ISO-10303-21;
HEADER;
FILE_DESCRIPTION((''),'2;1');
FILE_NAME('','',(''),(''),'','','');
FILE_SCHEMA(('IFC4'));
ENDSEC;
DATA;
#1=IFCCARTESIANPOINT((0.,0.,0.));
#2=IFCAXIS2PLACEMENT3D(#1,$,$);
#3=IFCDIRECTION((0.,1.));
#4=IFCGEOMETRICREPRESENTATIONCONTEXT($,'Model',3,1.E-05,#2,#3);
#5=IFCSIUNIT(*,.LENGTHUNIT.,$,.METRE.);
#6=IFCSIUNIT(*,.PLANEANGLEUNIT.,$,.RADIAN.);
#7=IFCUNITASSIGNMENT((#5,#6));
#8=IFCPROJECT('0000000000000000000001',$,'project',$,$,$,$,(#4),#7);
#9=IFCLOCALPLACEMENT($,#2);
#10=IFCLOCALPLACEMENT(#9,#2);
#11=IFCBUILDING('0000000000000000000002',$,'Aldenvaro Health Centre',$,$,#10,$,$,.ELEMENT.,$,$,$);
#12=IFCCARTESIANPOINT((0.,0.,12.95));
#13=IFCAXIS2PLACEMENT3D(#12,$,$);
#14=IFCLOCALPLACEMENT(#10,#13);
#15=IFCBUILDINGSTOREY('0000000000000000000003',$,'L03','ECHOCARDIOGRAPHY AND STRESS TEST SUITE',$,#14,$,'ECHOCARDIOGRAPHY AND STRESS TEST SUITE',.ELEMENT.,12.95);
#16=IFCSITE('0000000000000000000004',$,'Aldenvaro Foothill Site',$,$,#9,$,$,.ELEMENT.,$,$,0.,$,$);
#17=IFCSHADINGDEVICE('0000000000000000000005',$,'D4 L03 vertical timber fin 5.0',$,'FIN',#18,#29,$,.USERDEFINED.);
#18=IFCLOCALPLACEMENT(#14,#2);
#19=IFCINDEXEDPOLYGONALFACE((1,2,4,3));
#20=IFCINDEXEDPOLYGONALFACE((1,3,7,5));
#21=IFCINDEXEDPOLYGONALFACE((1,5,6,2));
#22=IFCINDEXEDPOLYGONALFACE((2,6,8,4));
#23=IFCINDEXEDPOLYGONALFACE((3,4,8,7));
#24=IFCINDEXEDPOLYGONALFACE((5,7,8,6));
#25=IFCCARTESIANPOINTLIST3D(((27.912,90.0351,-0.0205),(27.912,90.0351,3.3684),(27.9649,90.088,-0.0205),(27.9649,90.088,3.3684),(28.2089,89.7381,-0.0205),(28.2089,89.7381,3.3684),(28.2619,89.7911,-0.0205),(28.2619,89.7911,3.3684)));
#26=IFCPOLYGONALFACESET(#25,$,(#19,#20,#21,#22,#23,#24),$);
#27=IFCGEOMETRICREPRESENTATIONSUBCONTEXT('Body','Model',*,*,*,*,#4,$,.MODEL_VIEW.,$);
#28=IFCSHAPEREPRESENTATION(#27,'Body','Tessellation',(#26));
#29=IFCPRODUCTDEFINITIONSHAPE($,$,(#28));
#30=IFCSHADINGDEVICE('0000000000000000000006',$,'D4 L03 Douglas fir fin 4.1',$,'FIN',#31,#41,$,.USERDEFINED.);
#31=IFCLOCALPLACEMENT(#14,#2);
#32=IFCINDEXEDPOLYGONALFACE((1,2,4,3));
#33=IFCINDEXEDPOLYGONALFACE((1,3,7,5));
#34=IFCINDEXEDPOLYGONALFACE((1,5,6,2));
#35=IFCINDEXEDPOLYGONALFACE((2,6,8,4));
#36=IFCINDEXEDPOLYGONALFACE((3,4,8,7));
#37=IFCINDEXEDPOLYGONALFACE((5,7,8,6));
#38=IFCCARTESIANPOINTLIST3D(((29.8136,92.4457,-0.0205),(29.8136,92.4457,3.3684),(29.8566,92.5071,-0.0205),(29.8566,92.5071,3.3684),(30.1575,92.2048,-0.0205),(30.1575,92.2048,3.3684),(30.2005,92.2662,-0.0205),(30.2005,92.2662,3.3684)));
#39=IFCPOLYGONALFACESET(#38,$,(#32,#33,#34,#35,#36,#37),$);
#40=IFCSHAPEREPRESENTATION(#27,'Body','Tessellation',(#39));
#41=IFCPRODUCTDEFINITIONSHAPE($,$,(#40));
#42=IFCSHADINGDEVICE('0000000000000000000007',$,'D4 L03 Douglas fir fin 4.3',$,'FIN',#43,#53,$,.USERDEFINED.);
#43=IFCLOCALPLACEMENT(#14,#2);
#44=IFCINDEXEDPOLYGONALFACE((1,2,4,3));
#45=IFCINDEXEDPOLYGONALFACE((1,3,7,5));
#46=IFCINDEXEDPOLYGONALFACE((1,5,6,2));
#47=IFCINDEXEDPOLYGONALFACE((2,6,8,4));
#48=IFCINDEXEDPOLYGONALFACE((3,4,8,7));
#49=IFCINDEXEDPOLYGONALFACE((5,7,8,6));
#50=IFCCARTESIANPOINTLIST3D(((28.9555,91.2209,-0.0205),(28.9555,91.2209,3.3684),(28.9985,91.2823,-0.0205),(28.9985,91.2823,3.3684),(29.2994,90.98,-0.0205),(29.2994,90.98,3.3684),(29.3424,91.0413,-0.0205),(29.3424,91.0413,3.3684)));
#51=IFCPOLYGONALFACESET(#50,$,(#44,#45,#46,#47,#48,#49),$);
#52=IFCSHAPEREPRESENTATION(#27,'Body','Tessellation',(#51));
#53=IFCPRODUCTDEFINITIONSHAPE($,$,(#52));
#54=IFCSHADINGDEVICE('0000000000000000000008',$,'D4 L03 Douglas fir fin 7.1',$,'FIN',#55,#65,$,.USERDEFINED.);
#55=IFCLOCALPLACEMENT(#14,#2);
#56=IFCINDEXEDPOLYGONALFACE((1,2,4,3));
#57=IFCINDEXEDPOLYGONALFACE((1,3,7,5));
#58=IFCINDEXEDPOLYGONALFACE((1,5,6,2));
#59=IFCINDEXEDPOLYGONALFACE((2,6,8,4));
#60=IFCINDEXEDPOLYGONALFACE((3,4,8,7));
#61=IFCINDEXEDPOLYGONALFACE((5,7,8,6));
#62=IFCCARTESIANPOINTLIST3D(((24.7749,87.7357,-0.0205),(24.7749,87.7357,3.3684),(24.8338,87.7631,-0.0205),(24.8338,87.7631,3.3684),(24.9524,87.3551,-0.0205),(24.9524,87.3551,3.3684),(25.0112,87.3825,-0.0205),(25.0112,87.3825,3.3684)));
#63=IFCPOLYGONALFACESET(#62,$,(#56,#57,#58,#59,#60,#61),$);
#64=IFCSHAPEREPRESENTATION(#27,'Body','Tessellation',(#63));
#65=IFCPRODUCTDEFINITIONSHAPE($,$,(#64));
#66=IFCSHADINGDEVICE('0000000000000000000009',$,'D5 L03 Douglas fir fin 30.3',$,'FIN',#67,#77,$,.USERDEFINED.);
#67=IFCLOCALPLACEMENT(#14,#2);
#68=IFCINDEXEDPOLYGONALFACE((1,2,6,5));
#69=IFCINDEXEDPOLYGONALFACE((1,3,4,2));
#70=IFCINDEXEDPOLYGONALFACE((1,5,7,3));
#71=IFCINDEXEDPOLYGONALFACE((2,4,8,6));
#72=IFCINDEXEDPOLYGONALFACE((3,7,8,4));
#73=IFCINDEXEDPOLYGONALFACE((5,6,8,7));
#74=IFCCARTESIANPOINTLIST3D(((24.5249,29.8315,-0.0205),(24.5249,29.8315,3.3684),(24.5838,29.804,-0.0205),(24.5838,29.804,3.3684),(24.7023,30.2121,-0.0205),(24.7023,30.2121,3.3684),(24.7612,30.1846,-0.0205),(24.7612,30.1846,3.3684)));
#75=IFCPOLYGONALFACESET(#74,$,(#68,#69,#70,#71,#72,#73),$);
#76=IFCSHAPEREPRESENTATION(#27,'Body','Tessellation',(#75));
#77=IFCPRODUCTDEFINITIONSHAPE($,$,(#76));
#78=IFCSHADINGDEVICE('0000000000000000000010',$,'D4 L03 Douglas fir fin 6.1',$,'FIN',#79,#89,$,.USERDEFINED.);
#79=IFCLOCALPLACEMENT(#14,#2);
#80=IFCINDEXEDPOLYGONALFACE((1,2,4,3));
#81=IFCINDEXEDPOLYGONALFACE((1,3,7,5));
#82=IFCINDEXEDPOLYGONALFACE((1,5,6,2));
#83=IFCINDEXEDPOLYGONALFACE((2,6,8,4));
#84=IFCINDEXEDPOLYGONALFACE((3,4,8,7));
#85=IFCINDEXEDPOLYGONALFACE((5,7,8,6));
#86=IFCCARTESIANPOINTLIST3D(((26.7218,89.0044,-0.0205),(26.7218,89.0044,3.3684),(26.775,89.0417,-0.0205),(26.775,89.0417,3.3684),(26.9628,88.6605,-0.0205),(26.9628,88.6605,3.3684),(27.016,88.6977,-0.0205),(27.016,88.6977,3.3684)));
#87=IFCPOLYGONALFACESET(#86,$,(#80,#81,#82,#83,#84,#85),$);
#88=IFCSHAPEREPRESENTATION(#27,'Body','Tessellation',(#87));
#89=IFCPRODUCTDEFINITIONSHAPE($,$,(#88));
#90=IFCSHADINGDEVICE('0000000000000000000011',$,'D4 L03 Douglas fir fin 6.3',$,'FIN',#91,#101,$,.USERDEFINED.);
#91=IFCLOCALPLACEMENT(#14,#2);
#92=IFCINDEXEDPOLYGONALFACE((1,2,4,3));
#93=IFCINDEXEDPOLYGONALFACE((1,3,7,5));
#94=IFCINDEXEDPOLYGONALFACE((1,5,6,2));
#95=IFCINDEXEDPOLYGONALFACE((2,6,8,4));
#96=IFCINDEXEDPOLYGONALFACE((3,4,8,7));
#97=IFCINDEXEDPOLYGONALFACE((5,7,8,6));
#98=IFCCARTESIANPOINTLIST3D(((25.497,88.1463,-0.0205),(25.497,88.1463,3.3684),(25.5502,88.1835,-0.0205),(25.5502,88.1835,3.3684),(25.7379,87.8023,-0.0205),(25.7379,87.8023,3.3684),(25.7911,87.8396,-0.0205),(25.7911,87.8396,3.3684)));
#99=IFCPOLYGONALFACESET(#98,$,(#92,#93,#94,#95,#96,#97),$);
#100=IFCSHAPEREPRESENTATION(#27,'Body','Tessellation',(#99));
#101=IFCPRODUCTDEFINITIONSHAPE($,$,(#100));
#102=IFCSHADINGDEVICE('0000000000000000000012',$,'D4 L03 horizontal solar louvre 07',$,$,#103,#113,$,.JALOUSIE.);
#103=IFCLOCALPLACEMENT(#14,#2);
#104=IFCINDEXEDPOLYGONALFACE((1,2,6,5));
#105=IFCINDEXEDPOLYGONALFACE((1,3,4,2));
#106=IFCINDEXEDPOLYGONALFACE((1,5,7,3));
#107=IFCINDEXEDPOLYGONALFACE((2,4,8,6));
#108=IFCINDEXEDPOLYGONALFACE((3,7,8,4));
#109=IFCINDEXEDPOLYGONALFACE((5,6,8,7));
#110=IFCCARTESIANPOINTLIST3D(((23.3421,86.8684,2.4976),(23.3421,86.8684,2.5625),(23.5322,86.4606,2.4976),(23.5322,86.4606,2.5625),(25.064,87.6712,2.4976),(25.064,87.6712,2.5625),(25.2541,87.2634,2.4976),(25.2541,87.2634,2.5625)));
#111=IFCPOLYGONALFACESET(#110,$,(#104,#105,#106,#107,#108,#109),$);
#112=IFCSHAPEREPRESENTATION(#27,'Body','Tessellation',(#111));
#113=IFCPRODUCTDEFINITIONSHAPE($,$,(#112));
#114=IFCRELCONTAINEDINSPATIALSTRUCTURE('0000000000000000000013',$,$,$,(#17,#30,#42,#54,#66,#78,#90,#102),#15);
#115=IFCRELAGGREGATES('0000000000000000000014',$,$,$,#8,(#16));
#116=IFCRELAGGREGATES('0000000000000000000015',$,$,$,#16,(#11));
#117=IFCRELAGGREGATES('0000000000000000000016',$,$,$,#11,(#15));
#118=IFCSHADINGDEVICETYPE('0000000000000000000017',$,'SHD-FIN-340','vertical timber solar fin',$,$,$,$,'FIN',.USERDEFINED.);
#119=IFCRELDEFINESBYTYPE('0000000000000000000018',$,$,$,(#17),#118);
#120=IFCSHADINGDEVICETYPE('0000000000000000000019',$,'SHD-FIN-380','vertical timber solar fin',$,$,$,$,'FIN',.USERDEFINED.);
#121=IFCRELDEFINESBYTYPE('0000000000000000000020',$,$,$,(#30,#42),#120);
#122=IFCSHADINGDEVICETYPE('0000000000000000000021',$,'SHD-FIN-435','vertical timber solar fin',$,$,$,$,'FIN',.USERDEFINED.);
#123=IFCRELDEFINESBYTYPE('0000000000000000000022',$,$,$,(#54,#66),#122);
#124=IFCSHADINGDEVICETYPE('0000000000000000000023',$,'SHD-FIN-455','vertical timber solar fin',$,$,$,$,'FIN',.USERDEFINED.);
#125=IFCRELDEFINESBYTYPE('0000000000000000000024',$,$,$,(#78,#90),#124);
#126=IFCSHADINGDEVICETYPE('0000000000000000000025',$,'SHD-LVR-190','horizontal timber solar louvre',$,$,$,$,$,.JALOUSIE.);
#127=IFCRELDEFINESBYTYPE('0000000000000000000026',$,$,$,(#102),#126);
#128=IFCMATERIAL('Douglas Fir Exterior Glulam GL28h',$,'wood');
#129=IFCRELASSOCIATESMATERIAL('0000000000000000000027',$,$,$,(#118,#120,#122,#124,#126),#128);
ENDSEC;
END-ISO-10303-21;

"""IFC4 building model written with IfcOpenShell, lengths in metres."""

from ifc_helpers import new_model, si_unit, direction, frame, origin, origin_2d, place, context, subcontext, project, spatial, rectangle, extrude, material, type_object, element, save


model = new_model("IFC4")

# Units and contexts
model_context = context("Model", 3, precision=1e-05, world=origin(), true_north=direction((0.0, 1.0)))
body_context = subcontext(model_context, "Body", "Model", "MODEL_VIEW")
ifc_project = project(units=[si_unit("LENGTHUNIT", "METRE"), si_unit("PLANEANGLEUNIT", "RADIAN")], contexts=[model_context])

# Site, building, storey
site_placement = place(None, origin())
site = spatial("IfcSite", under=ifc_project, at=site_placement, Name="Aldenvaro Foothill Site", CompositionType="ELEMENT", RefElevation=0.0)
building_placement = place(site_placement, origin())
building = spatial("IfcBuilding", under=site, at=building_placement, Name="Aldenvaro Health Centre", CompositionType="ELEMENT")
storey_placement = place(building_placement, frame((0.0, 0.0, 12.95)))
storey = spatial("IfcBuildingStorey", under=building, at=storey_placement, Name="L03", Description="ECHOCARDIOGRAPHY AND STRESS TEST SUITE", LongName="ECHOCARDIOGRAPHY AND STRESS TEST SUITE", CompositionType="ELEMENT", Elevation=12.95)

# Shading devices
ifc_material_1 = material(Name="Douglas Fir Exterior Glulam GL28h", Category="wood")
shading_device_type_1 = type_object("IfcShadingDeviceType", Name="SHD-FIN-340", Description="vertical timber solar fin", ElementType="FIN", PredefinedType="USERDEFINED", material=ifc_material_1)
shading_device_1_placement = place(storey_placement, frame((28.0869, 89.9131, -0.0205), z_axis=(0.0, 0.0, 1.0), x_axis=(-0.707107, -0.707107, 0.0)))
element("IfcShadingDevice", 1, at=shading_device_1_placement, inside=storey, type_object=shading_device_type_1, Name="D4 L03 vertical timber fin 5.0", ObjectType="FIN", PredefinedType="USERDEFINED", context=body_context, shape_type="SweptSolid", body=[
    extrude(rectangle(XDim=0.075, YDim=0.4199, at=origin_2d()), origin(), (0.0, 0.0, 1.0), 3.3889),
])
shading_device_type_2 = type_object("IfcShadingDeviceType", Name="SHD-FIN-380", Description="vertical timber solar fin", ElementType="FIN", PredefinedType="USERDEFINED", material=ifc_material_1)
for number, where, z_axis, x_axis, name in (
    (2, (30.0071, 92.356, -0.0205), (0.0, 0.0, 1.0), (-0.573721, -0.819051, 0.0), "D4 L03 Douglas fir fin 4.1"),
    (3, (29.1489, 91.1311, -0.0205), (0.0, 0.0, 1.0), (-0.573721, -0.819051, 0.0), "D4 L03 Douglas fir fin 4.3"),
):
    element("IfcShadingDevice", number, at=place(storey_placement, frame(where, z_axis=z_axis, x_axis=x_axis)), inside=storey, type_object=shading_device_type_2, Name=name, ObjectType="FIN", PredefinedType="USERDEFINED", context=body_context, shape_type="SweptSolid", body=[
        extrude(rectangle(XDim=0.075, YDim=0.4199, at=origin_2d()), origin(), (0.0, 0.0, 1.0), 3.3889),
    ])
shading_device_type_3 = type_object("IfcShadingDeviceType", Name="SHD-FIN-435", Description="vertical timber solar fin", ElementType="FIN", PredefinedType="USERDEFINED", material=ifc_material_1)
for number, where, z_axis, x_axis, name in (
    (4, (24.8931, 87.5591, -0.0205), (0.0, 0.0, 1.0), (-0.906336, -0.422557, 0.0), "D4 L03 Douglas fir fin 7.1"),
    (5, (24.6431, 30.0081, -0.0205), (0.0, 0.0, 1.0), (0.906365, -0.422496, 0.0), "D5 L03 Douglas fir fin 30.3"),
):
    element("IfcShadingDevice", number, at=place(storey_placement, frame(where, z_axis=z_axis, x_axis=x_axis)), inside=storey, type_object=shading_device_type_3, Name=name, ObjectType="FIN", PredefinedType="USERDEFINED", context=body_context, shape_type="SweptSolid", body=[
        extrude(rectangle(XDim=0.0649, YDim=0.4199, at=origin_2d()), origin(), (0.0, 0.0, 1.0), 3.3889),
    ])
shading_device_type_4 = type_object("IfcShadingDeviceType", Name="SHD-FIN-455", Description="vertical timber solar fin", ElementType="FIN", PredefinedType="USERDEFINED", material=ifc_material_1)
for number, where, z_axis, x_axis, name in (
    (6, (26.8689, 88.8511, -0.0205), (0.0, 0.0, 1.0), (-0.819051, -0.573721, 0.0), "D4 L03 Douglas fir fin 6.1"),
    (7, (25.644, 87.9929, -0.0205), (0.0, 0.0, 1.0), (-0.819051, -0.573721, 0.0), "D4 L03 Douglas fir fin 6.3"),
):
    element("IfcShadingDevice", number, at=place(storey_placement, frame(where, z_axis=z_axis, x_axis=x_axis)), inside=storey, type_object=shading_device_type_4, Name=name, ObjectType="FIN", PredefinedType="USERDEFINED", context=body_context, shape_type="SweptSolid", body=[
        extrude(rectangle(XDim=0.0649, YDim=0.4199, at=origin_2d()), origin(), (0.0, 0.0, 1.0), 3.3889),
    ])
shading_device_type_5 = type_object("IfcShadingDeviceType", Name="SHD-LVR-190", Description="horizontal timber solar louvre", PredefinedType="JALOUSIE", material=ifc_material_1)
shading_device_2_placement = place(storey_placement, frame((24.2981, 87.0659, 2.4976), z_axis=(0.0, 0.0, 1.0), x_axis=(-0.906336, -0.422557, 0.0)))
element("IfcShadingDevice", 8, at=shading_device_2_placement, inside=storey, type_object=shading_device_type_5, Name="D4 L03 horizontal solar louvre 07", PredefinedType="JALOUSIE", context=body_context, shape_type="SweptSolid", body=[
    extrude(rectangle(XDim=1.8999, YDim=0.45, at=origin_2d()), origin(), (0.0, 0.0, 1.0), 0.0649),
])

save(model, "model.ifc")
